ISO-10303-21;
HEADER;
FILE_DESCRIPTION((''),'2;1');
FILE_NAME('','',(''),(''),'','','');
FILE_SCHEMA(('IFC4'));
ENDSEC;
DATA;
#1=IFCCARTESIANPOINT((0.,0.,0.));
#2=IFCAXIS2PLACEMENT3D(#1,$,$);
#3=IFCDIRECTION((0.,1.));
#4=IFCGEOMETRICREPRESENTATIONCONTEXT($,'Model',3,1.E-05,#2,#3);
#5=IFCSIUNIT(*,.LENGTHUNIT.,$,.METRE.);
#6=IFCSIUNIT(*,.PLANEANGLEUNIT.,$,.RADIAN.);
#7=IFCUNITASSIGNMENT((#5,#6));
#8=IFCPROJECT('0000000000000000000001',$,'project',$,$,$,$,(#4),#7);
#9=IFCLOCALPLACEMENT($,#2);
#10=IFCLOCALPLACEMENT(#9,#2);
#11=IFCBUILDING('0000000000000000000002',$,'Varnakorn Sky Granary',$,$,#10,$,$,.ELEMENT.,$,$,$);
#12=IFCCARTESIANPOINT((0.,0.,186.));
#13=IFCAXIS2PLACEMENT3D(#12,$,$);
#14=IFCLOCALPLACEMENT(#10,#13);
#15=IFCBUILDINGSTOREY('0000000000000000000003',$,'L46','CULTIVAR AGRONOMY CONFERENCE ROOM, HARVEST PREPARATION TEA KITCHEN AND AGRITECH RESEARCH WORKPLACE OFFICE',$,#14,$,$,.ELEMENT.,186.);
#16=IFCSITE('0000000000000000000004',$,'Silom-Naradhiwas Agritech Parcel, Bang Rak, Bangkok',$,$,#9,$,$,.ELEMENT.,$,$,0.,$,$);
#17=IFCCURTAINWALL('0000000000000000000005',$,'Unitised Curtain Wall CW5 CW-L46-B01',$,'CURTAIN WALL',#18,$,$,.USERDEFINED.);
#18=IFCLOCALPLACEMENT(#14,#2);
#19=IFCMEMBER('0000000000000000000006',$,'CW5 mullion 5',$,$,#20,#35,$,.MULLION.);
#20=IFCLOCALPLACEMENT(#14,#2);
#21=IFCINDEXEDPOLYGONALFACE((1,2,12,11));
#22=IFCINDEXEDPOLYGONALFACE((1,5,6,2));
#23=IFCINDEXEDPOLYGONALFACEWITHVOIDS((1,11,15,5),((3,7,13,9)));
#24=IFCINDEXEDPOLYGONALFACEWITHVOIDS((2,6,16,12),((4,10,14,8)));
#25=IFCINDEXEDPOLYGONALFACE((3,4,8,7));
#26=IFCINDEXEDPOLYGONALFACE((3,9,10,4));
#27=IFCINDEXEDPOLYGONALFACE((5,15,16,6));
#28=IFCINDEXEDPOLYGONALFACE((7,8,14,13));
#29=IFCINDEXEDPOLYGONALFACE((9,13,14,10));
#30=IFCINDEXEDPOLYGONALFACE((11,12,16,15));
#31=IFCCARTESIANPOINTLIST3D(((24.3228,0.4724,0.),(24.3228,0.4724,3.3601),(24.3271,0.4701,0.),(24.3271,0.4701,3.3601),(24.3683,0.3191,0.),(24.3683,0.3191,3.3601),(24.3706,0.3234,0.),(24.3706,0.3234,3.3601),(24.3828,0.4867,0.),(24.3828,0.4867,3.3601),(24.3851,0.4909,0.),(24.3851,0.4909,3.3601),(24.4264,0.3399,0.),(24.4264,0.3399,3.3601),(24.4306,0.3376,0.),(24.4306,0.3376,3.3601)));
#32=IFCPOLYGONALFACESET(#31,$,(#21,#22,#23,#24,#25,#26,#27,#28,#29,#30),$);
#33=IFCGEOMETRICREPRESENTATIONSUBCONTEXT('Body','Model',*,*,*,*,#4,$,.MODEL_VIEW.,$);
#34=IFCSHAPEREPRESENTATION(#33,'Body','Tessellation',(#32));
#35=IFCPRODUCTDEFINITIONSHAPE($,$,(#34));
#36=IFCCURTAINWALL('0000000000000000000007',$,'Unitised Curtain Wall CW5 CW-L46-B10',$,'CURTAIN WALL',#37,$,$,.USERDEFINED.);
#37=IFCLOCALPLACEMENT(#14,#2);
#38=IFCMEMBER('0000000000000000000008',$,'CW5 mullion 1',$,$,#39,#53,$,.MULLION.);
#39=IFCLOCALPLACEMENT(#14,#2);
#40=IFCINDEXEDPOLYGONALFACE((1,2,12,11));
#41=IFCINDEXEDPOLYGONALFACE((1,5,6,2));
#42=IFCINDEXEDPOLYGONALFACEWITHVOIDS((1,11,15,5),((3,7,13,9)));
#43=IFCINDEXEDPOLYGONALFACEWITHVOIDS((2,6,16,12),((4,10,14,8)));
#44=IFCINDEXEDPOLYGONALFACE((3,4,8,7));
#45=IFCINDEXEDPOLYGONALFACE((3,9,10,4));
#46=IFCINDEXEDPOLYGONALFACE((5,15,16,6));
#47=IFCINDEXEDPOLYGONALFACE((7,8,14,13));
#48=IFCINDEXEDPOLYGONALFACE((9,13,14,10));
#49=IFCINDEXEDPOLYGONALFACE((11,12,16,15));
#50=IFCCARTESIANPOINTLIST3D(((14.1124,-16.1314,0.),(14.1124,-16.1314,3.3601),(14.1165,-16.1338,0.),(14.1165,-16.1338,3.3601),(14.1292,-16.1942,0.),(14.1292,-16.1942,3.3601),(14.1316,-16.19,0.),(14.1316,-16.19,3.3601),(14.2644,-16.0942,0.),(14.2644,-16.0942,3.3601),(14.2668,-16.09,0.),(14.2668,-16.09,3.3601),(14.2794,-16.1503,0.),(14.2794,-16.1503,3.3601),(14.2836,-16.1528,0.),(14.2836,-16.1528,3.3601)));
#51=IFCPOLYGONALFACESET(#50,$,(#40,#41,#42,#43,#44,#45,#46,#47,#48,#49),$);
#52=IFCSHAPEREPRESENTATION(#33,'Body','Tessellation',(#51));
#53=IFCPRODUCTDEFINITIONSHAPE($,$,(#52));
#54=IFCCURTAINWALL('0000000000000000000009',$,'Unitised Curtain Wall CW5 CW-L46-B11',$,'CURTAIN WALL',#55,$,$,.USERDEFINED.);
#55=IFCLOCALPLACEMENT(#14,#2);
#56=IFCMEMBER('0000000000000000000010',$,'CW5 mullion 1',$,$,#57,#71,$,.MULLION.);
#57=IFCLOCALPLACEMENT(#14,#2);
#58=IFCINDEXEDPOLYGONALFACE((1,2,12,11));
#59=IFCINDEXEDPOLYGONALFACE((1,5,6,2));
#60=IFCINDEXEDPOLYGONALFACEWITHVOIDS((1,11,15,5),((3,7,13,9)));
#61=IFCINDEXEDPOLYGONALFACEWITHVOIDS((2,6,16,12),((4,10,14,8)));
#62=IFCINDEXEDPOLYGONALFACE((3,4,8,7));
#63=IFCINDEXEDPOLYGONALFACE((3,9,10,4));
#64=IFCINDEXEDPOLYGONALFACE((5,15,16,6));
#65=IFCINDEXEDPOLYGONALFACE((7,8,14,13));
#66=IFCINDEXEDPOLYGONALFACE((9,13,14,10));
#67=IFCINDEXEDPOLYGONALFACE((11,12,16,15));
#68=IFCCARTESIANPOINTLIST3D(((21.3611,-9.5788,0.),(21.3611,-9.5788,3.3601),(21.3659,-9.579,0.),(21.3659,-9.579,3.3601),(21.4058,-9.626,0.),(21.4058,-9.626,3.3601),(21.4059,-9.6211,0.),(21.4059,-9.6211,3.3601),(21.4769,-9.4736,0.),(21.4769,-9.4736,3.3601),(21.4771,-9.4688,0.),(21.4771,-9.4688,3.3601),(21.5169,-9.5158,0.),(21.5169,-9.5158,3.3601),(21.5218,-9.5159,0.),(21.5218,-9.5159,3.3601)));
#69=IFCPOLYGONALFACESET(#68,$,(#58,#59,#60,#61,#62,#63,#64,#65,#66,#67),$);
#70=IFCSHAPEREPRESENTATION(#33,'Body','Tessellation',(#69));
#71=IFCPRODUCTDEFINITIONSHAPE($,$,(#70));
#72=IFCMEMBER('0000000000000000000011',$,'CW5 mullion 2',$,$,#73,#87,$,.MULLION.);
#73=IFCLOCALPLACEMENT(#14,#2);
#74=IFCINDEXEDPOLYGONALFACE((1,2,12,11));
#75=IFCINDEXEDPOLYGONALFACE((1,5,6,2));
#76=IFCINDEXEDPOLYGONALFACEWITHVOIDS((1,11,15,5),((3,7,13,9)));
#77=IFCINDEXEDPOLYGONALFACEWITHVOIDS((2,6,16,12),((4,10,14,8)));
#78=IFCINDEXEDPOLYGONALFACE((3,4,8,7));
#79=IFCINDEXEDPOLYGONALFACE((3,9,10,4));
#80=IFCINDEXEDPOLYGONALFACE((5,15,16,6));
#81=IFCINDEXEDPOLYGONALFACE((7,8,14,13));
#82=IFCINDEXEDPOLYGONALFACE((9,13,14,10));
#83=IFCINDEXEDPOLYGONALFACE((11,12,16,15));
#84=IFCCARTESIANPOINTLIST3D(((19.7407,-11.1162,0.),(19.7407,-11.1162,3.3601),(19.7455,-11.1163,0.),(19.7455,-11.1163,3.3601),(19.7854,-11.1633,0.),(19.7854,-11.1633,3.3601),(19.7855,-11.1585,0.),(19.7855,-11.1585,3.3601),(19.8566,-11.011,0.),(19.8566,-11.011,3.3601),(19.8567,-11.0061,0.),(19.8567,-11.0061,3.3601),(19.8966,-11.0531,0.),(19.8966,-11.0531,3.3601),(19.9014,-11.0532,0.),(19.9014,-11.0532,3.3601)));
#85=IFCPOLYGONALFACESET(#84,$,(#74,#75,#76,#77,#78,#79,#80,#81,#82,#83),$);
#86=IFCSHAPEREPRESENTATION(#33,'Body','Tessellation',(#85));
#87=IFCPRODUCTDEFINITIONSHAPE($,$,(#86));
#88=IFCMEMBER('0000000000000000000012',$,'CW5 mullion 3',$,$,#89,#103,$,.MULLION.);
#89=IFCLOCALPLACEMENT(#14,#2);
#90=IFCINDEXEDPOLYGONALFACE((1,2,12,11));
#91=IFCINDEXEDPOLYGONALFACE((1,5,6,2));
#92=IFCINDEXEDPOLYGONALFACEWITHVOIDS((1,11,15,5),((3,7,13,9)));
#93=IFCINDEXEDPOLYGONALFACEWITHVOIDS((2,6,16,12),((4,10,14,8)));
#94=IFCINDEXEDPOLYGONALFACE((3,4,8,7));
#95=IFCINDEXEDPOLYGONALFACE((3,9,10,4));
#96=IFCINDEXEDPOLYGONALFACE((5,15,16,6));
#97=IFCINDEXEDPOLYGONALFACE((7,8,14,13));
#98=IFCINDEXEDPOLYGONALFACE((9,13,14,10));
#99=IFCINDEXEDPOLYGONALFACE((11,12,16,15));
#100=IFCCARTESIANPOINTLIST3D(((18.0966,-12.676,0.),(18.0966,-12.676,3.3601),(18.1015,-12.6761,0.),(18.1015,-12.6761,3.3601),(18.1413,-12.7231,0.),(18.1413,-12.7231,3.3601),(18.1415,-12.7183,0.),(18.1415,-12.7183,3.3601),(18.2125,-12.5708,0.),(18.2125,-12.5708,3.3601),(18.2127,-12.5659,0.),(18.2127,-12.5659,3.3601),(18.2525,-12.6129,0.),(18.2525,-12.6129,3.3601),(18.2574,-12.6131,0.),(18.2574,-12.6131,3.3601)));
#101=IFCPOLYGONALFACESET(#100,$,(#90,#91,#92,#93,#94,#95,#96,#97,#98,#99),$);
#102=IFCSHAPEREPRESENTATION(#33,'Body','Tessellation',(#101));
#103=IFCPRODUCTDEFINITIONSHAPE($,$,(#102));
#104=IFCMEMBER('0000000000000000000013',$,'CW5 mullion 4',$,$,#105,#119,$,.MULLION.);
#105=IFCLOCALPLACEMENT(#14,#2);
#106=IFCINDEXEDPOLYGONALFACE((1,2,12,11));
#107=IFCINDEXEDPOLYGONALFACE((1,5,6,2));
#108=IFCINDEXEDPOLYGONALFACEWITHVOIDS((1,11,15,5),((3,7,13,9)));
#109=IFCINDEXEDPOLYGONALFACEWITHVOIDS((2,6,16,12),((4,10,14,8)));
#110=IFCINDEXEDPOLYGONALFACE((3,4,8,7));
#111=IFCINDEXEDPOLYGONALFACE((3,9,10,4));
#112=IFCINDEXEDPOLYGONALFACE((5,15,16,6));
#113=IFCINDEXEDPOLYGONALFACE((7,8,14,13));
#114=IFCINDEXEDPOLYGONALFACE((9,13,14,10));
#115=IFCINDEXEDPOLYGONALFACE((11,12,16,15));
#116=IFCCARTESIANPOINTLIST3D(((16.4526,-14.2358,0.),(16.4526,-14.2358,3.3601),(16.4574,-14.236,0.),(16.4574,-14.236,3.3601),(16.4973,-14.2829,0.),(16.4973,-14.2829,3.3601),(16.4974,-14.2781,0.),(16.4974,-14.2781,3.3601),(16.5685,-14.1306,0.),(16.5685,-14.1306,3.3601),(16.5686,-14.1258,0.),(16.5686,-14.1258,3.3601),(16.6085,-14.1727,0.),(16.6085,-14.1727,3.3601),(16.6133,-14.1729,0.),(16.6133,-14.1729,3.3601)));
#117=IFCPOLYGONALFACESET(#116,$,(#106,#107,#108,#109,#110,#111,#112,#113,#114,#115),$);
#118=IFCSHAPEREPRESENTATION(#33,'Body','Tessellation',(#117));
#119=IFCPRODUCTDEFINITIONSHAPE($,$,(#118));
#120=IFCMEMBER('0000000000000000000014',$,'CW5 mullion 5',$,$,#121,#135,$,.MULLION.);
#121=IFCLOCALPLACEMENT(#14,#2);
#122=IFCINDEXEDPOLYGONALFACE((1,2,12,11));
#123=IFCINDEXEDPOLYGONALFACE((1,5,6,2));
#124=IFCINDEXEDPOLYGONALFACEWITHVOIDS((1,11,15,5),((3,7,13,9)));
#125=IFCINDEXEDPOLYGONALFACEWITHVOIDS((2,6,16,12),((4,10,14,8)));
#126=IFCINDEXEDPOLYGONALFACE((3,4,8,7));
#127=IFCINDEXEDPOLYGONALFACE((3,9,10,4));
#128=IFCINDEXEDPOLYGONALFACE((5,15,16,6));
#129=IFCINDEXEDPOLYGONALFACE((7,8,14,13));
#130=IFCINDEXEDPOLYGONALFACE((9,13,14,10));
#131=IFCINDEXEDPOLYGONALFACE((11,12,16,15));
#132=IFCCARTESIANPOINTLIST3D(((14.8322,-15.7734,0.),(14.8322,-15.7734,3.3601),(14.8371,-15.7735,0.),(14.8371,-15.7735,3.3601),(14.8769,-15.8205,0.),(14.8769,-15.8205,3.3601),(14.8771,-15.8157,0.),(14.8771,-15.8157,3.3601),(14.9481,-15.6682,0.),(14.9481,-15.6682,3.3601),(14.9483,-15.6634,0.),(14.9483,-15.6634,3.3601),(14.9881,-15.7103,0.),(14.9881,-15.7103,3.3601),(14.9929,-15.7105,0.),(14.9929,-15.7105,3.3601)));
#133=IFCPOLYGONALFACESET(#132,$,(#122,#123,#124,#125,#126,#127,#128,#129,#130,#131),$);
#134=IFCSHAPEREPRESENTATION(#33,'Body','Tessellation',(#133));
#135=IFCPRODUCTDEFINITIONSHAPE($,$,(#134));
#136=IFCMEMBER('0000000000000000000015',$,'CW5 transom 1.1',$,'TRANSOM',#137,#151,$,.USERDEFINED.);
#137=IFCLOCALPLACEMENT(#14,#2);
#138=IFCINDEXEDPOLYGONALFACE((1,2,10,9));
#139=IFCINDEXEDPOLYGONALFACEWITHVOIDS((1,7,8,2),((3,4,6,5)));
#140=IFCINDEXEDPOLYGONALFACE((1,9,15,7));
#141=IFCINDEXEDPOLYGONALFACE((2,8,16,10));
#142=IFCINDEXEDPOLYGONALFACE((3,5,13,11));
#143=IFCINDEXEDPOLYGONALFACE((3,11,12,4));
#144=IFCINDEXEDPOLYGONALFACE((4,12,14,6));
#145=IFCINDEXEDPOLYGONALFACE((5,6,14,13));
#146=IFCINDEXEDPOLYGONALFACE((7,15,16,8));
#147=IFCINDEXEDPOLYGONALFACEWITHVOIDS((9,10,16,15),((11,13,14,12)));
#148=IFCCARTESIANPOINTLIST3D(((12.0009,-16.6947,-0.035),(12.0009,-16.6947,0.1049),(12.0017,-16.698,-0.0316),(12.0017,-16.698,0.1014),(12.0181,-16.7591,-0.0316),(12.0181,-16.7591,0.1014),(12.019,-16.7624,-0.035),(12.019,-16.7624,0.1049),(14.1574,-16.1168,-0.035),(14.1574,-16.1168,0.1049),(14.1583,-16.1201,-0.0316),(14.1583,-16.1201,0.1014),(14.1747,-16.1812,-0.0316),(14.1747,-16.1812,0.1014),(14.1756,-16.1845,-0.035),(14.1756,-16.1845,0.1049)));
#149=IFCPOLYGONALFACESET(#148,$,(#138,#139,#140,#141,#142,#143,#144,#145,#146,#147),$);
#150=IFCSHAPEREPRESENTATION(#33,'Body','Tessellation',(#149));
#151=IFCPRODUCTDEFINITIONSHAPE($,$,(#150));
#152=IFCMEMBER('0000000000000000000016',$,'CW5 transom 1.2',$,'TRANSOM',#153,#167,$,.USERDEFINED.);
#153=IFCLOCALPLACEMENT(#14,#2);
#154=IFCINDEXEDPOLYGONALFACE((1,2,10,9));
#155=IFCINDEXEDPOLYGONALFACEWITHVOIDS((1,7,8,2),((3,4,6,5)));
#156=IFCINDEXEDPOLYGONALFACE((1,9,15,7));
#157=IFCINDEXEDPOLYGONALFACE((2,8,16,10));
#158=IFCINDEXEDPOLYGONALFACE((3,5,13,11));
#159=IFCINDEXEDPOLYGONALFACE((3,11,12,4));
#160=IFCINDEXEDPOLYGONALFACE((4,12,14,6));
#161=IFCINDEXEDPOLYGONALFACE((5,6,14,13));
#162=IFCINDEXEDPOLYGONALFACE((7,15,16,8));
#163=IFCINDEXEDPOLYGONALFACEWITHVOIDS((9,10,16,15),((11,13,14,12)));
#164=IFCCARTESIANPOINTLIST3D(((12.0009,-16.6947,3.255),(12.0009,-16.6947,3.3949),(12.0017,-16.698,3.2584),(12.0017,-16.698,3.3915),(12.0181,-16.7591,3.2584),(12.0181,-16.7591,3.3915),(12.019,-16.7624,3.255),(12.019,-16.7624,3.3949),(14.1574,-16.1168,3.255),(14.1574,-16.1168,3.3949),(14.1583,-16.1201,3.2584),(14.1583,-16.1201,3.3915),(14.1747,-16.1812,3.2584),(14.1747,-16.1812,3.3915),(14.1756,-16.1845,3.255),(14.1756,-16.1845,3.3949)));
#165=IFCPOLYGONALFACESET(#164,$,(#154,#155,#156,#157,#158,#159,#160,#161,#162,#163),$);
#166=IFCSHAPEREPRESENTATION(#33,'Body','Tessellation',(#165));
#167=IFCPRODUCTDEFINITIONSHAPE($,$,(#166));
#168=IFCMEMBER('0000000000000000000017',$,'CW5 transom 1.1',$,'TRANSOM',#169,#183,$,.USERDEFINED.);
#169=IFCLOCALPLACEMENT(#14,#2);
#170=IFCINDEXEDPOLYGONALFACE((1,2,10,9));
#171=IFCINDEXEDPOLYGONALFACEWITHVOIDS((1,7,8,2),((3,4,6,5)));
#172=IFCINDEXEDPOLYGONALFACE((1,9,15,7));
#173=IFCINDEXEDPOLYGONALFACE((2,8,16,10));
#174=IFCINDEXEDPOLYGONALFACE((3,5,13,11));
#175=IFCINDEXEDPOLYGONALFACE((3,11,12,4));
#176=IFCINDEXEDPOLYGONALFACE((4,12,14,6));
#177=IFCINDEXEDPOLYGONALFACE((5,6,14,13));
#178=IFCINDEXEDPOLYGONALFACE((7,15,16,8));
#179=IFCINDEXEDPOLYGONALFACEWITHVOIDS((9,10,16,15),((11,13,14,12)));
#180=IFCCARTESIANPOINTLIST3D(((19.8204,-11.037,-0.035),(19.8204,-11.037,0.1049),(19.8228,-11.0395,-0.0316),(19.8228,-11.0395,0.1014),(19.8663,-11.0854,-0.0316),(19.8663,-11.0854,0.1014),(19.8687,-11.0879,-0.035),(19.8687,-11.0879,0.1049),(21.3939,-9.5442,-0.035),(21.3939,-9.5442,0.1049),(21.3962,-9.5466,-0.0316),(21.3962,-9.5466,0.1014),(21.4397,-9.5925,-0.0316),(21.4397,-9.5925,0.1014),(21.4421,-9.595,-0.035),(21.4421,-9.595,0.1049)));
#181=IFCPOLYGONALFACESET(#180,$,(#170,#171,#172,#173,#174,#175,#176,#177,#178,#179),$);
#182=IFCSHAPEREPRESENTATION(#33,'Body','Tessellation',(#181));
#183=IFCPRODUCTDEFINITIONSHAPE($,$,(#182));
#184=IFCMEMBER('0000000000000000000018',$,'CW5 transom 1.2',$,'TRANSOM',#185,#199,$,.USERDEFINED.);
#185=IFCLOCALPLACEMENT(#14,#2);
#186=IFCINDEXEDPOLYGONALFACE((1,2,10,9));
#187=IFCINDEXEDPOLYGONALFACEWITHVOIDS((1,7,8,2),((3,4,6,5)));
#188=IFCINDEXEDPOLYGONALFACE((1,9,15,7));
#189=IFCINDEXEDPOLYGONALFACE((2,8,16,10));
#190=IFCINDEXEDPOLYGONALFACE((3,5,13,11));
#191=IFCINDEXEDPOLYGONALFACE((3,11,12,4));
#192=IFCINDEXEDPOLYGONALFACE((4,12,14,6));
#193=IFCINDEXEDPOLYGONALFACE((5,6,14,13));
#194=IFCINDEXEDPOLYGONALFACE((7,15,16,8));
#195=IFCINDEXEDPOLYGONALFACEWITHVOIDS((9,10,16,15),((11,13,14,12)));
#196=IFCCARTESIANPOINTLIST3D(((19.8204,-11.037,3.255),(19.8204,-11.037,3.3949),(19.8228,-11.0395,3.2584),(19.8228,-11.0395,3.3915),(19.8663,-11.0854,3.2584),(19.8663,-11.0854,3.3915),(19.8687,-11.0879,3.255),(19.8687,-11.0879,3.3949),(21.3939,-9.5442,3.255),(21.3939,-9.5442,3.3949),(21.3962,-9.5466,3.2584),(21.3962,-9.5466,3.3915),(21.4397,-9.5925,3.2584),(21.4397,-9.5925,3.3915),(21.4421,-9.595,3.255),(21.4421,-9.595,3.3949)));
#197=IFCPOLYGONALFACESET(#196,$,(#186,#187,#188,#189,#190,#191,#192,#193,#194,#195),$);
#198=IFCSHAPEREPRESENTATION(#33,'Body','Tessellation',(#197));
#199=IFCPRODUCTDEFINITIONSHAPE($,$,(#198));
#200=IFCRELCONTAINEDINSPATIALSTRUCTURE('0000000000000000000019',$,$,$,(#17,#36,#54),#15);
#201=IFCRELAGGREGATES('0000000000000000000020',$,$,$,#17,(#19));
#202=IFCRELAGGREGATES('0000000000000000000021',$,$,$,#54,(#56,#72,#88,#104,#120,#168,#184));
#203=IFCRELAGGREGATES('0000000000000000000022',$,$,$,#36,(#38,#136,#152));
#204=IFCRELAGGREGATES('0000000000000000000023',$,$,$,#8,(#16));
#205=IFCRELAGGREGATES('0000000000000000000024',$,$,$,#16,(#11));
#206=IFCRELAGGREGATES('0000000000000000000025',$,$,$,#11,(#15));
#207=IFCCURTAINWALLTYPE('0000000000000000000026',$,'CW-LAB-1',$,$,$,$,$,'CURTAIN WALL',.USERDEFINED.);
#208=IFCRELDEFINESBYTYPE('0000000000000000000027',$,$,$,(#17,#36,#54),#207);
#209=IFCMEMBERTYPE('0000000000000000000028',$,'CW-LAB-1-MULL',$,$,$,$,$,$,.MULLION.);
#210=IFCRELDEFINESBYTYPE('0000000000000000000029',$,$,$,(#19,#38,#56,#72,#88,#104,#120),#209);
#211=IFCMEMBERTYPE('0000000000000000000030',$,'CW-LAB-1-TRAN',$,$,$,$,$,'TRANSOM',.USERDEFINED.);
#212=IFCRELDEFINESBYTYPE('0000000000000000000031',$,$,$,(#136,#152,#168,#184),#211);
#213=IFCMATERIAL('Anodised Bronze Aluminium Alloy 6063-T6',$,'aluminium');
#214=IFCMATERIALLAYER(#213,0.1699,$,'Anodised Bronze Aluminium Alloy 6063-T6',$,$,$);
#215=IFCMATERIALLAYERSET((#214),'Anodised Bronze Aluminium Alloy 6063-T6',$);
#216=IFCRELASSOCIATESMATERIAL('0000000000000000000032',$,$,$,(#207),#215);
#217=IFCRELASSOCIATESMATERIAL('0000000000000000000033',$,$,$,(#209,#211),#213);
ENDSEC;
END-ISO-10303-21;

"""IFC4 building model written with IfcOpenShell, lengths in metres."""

from ifc_helpers import new_model, si_unit, direction, frame, origin, origin_2d, place, context, subcontext, project, spatial, hollow_rectangle, extrude, material, layer, layer_set, material_profile, profile_set, type_object, element, aggregate, save


model = new_model("IFC4")

# Units and contexts
model_context = context("Model", 3, precision=1e-05, world=origin(), true_north=direction((0.0, 1.0)))
body_context = subcontext(model_context, "Body", "Model", "MODEL_VIEW")
ifc_project = project(units=[si_unit("LENGTHUNIT", "METRE"), si_unit("PLANEANGLEUNIT", "RADIAN")], contexts=[model_context])

# Site, building, storey
site_placement = place(None, origin())
site = spatial("IfcSite", under=ifc_project, at=site_placement, Name="Silom-Naradhiwas Agritech Parcel, Bang Rak, Bangkok", CompositionType="ELEMENT", RefElevation=0.0)
building_placement = place(site_placement, origin())
building = spatial("IfcBuilding", under=site, at=building_placement, Name="Varnakorn Sky Granary", CompositionType="ELEMENT")
storey_placement = place(building_placement, frame((0.0, 0.0, 186.0)))
storey = spatial("IfcBuildingStorey", under=building, at=storey_placement, Name="L46", Description="CULTIVAR AGRONOMY CONFERENCE ROOM, HARVEST PREPARATION TEA KITCHEN AND AGRITECH RESEARCH WORKPLACE OFFICE", CompositionType="ELEMENT", Elevation=186.0)

# Curtain walls, members
ifc_material_1 = material(Name="Anodised Bronze Aluminium Alloy 6063-T6", Category="aluminium")
ifc_layer_1 = layer(ifc_material_1, 0.1699, Name="Anodised Bronze Aluminium Alloy 6063-T6")
ifc_layer_set_1 = layer_set([ifc_layer_1], Name="Anodised Bronze Aluminium Alloy 6063-T6")
curtain_wall_type = type_object("IfcCurtainWallType", Name="CW-LAB-1", ElementType="CURTAIN WALL", PredefinedType="USERDEFINED", material=ifc_layer_set_1)
curtain_wall_1_placement = place(storey_placement, origin())
curtain_wall_1 = element("IfcCurtainWall", 1, at=curtain_wall_1_placement, inside=storey, type_object=curtain_wall_type, Name="Unitised Curtain Wall CW5 CW-L46-B01", ObjectType="CURTAIN WALL", PredefinedType="USERDEFINED")
ifc_material_profile_1 = material_profile(ifc_material_1, hollow_rectangle(XDim=0.0649, YDim=0.1599, WallThickness=0.0034, at=origin_2d()), Name="ALU MULL 65x160")
ifc_profile_set_1 = profile_set([ifc_material_profile_1], Name="Anodised Bronze Aluminium Alloy 6063-T6")
member_type_1 = type_object("IfcMemberType", Name="CW-LAB-1-MULL", PredefinedType="MULLION", material=ifc_profile_set_1)
member_1_placement = place(storey_placement, frame((24.3767, 0.405, 0.0), z_axis=(0.0, 0.0, 1.0), x_axis=(0.958614, 0.28471, 0.0)))
member_1 = element("IfcMember", 2, at=member_1_placement, type_object=member_type_1, Name="CW5 mullion 5", PredefinedType="MULLION", context=body_context, shape_type="SweptSolid", body=[
    extrude(hollow_rectangle(XDim=0.0649, YDim=0.1599, WallThickness=0.0034, at=origin_2d()), origin(), (0.0, 0.0, 1.0), 3.3601),
])
aggregate(curtain_wall_1, [member_1])
curtain_wall_2_placement = place(storey_placement, origin())
curtain_wall_2 = element("IfcCurtainWall", 3, at=curtain_wall_2_placement, inside=storey, type_object=curtain_wall_type, Name="Unitised Curtain Wall CW5 CW-L46-B10", ObjectType="CURTAIN WALL", PredefinedType="USERDEFINED")
member_2_placement = place(storey_placement, frame((14.198, -16.1421, 0.0), z_axis=(0.0, 0.0, 1.0), x_axis=(0.258925, -0.965897, 0.0)))
member_2 = element("IfcMember", 4, at=member_2_placement, type_object=member_type_1, Name="CW5 mullion 1", PredefinedType="MULLION", context=body_context, shape_type="SweptSolid", body=[
    extrude(hollow_rectangle(XDim=0.0649, YDim=0.1599, WallThickness=0.0034, at=origin_2d()), origin(), (0.0, 0.0, 1.0), 3.3601),
])

# Curtain wall, members
curtain_wall_3_placement = place(storey_placement, origin())
curtain_wall_3 = element("IfcCurtainWall", 5, at=curtain_wall_3_placement, inside=storey, type_object=curtain_wall_type, Name="Unitised Curtain Wall CW5 CW-L46-B11", ObjectType="CURTAIN WALL", PredefinedType="USERDEFINED")
member_3_placement = place(storey_placement, frame((21.4414, -9.5474, 0.0), z_axis=(0.0, 0.0, 1.0), x_axis=(0.688292, -0.725434, 0.0)))
member_3 = element("IfcMember", 6, at=member_3_placement, type_object=member_type_1, Name="CW5 mullion 1", PredefinedType="MULLION", context=body_context, shape_type="SweptSolid", body=[
    extrude(hollow_rectangle(XDim=0.0649, YDim=0.1599, WallThickness=0.0034, at=origin_2d()), origin(), (0.0, 0.0, 1.0), 3.3601),
])
member_4_placement = place(storey_placement, frame((19.821, -11.0847, 0.0), z_axis=(0.0, 0.0, 1.0), x_axis=(0.688292, -0.725434, 0.0)))
member_4 = element("IfcMember", 7, at=member_4_placement, type_object=member_type_1, Name="CW5 mullion 2", PredefinedType="MULLION", context=body_context, shape_type="SweptSolid", body=[
    extrude(hollow_rectangle(XDim=0.0649, YDim=0.1599, WallThickness=0.0034, at=origin_2d()), origin(), (0.0, 0.0, 1.0), 3.3601),
])
member_5_placement = place(storey_placement, frame((18.177, -12.6445, 0.0), z_axis=(0.0, 0.0, 1.0), x_axis=(0.688292, -0.725434, 0.0)))
member_5 = element("IfcMember", 8, at=member_5_placement, type_object=member_type_1, Name="CW5 mullion 3", PredefinedType="MULLION", context=body_context, shape_type="SweptSolid", body=[
    extrude(hollow_rectangle(XDim=0.0649, YDim=0.1599, WallThickness=0.0034, at=origin_2d()), origin(), (0.0, 0.0, 1.0), 3.3601),
])
member_6_placement = place(storey_placement, frame((16.533, -14.2043, 0.0), z_axis=(0.0, 0.0, 1.0), x_axis=(0.688292, -0.725434, 0.0)))
member_6 = element("IfcMember", 9, at=member_6_placement, type_object=member_type_1, Name="CW5 mullion 4", PredefinedType="MULLION", context=body_context, shape_type="SweptSolid", body=[
    extrude(hollow_rectangle(XDim=0.0649, YDim=0.1599, WallThickness=0.0034, at=origin_2d()), origin(), (0.0, 0.0, 1.0), 3.3601),
])
member_7_placement = place(storey_placement, frame((14.9126, -15.7419, 0.0), z_axis=(0.0, 0.0, 1.0), x_axis=(0.688292, -0.725434, 0.0)))
member_7 = element("IfcMember", 10, at=member_7_placement, type_object=member_type_1, Name="CW5 mullion 5", PredefinedType="MULLION", context=body_context, shape_type="SweptSolid", body=[
    extrude(hollow_rectangle(XDim=0.0649, YDim=0.1599, WallThickness=0.0034, at=origin_2d()), origin(), (0.0, 0.0, 1.0), 3.3601),
])

# Members
ifc_material_profile_2 = material_profile(ifc_material_1, hollow_rectangle(XDim=0.0701, YDim=0.1399, WallThickness=0.0034, at=origin_2d()), Name="ALU TRAN 70x140")
ifc_profile_set_2 = profile_set([ifc_material_profile_2], Name="Anodised Bronze Aluminium Alloy 6063-T6")
member_type_2 = type_object("IfcMemberType", Name="CW-LAB-1-TRAN", ElementType="TRANSOM", PredefinedType="USERDEFINED", material=ifc_profile_set_2)
member_8_placement = place(storey_placement, frame((14.1665, -16.1506, 0.0349), z_axis=(-0.96592, -0.25884, 0.0), x_axis=(0.25884, -0.96592, 0.0)))
member_8 = element("IfcMember", 11, at=member_8_placement, type_object=member_type_2, Name="CW5 transom 1.1", ObjectType="TRANSOM", PredefinedType="USERDEFINED", context=body_context, shape_type="SweptSolid", body=[
    extrude(hollow_rectangle(XDim=0.0701, YDim=0.1399, WallThickness=0.0034, at=origin_2d()), origin(), (0.0, 0.0, 1.0), 2.2327),
])
member_9_placement = place(storey_placement, frame((14.1665, -16.1506, 3.325), z_axis=(-0.96592, -0.25884, 0.0), x_axis=(0.25884, -0.96592, 0.0)))
member_9 = element("IfcMember", 12, at=member_9_placement, type_object=member_type_2, Name="CW5 transom 1.2", ObjectType="TRANSOM", PredefinedType="USERDEFINED", context=body_context, shape_type="SweptSolid", body=[
    extrude(hollow_rectangle(XDim=0.0701, YDim=0.1399, WallThickness=0.0034, at=origin_2d()), origin(), (0.0, 0.0, 1.0), 2.2327),
])
member_10_placement = place(storey_placement, frame((21.418, -9.5696, 0.0349), z_axis=(-0.725435, -0.688291, 0.0), x_axis=(0.688291, -0.725435, 0.0)))
member_10 = element("IfcMember", 13, at=member_10_placement, type_object=member_type_2, Name="CW5 transom 1.1", ObjectType="TRANSOM", PredefinedType="USERDEFINED", context=body_context, shape_type="SweptSolid", body=[
    extrude(hollow_rectangle(XDim=0.0701, YDim=0.1399, WallThickness=0.0034, at=origin_2d()), origin(), (0.0, 0.0, 1.0), 2.1689),
])
member_11_placement = place(storey_placement, frame((21.418, -9.5696, 3.325), z_axis=(-0.725435, -0.688291, 0.0), x_axis=(0.688291, -0.725435, 0.0)))
member_11 = element("IfcMember", 14, at=member_11_placement, type_object=member_type_2, Name="CW5 transom 1.2", ObjectType="TRANSOM", PredefinedType="USERDEFINED", context=body_context, shape_type="SweptSolid", body=[
    extrude(hollow_rectangle(XDim=0.0701, YDim=0.1399, WallThickness=0.0034, at=origin_2d()), origin(), (0.0, 0.0, 1.0), 2.1689),
])

aggregate(curtain_wall_3, [member_3, member_4, member_5, member_6, member_7, member_10, member_11])
aggregate(curtain_wall_2, [member_2, member_8, member_9])

save(model, "model.ifc")
